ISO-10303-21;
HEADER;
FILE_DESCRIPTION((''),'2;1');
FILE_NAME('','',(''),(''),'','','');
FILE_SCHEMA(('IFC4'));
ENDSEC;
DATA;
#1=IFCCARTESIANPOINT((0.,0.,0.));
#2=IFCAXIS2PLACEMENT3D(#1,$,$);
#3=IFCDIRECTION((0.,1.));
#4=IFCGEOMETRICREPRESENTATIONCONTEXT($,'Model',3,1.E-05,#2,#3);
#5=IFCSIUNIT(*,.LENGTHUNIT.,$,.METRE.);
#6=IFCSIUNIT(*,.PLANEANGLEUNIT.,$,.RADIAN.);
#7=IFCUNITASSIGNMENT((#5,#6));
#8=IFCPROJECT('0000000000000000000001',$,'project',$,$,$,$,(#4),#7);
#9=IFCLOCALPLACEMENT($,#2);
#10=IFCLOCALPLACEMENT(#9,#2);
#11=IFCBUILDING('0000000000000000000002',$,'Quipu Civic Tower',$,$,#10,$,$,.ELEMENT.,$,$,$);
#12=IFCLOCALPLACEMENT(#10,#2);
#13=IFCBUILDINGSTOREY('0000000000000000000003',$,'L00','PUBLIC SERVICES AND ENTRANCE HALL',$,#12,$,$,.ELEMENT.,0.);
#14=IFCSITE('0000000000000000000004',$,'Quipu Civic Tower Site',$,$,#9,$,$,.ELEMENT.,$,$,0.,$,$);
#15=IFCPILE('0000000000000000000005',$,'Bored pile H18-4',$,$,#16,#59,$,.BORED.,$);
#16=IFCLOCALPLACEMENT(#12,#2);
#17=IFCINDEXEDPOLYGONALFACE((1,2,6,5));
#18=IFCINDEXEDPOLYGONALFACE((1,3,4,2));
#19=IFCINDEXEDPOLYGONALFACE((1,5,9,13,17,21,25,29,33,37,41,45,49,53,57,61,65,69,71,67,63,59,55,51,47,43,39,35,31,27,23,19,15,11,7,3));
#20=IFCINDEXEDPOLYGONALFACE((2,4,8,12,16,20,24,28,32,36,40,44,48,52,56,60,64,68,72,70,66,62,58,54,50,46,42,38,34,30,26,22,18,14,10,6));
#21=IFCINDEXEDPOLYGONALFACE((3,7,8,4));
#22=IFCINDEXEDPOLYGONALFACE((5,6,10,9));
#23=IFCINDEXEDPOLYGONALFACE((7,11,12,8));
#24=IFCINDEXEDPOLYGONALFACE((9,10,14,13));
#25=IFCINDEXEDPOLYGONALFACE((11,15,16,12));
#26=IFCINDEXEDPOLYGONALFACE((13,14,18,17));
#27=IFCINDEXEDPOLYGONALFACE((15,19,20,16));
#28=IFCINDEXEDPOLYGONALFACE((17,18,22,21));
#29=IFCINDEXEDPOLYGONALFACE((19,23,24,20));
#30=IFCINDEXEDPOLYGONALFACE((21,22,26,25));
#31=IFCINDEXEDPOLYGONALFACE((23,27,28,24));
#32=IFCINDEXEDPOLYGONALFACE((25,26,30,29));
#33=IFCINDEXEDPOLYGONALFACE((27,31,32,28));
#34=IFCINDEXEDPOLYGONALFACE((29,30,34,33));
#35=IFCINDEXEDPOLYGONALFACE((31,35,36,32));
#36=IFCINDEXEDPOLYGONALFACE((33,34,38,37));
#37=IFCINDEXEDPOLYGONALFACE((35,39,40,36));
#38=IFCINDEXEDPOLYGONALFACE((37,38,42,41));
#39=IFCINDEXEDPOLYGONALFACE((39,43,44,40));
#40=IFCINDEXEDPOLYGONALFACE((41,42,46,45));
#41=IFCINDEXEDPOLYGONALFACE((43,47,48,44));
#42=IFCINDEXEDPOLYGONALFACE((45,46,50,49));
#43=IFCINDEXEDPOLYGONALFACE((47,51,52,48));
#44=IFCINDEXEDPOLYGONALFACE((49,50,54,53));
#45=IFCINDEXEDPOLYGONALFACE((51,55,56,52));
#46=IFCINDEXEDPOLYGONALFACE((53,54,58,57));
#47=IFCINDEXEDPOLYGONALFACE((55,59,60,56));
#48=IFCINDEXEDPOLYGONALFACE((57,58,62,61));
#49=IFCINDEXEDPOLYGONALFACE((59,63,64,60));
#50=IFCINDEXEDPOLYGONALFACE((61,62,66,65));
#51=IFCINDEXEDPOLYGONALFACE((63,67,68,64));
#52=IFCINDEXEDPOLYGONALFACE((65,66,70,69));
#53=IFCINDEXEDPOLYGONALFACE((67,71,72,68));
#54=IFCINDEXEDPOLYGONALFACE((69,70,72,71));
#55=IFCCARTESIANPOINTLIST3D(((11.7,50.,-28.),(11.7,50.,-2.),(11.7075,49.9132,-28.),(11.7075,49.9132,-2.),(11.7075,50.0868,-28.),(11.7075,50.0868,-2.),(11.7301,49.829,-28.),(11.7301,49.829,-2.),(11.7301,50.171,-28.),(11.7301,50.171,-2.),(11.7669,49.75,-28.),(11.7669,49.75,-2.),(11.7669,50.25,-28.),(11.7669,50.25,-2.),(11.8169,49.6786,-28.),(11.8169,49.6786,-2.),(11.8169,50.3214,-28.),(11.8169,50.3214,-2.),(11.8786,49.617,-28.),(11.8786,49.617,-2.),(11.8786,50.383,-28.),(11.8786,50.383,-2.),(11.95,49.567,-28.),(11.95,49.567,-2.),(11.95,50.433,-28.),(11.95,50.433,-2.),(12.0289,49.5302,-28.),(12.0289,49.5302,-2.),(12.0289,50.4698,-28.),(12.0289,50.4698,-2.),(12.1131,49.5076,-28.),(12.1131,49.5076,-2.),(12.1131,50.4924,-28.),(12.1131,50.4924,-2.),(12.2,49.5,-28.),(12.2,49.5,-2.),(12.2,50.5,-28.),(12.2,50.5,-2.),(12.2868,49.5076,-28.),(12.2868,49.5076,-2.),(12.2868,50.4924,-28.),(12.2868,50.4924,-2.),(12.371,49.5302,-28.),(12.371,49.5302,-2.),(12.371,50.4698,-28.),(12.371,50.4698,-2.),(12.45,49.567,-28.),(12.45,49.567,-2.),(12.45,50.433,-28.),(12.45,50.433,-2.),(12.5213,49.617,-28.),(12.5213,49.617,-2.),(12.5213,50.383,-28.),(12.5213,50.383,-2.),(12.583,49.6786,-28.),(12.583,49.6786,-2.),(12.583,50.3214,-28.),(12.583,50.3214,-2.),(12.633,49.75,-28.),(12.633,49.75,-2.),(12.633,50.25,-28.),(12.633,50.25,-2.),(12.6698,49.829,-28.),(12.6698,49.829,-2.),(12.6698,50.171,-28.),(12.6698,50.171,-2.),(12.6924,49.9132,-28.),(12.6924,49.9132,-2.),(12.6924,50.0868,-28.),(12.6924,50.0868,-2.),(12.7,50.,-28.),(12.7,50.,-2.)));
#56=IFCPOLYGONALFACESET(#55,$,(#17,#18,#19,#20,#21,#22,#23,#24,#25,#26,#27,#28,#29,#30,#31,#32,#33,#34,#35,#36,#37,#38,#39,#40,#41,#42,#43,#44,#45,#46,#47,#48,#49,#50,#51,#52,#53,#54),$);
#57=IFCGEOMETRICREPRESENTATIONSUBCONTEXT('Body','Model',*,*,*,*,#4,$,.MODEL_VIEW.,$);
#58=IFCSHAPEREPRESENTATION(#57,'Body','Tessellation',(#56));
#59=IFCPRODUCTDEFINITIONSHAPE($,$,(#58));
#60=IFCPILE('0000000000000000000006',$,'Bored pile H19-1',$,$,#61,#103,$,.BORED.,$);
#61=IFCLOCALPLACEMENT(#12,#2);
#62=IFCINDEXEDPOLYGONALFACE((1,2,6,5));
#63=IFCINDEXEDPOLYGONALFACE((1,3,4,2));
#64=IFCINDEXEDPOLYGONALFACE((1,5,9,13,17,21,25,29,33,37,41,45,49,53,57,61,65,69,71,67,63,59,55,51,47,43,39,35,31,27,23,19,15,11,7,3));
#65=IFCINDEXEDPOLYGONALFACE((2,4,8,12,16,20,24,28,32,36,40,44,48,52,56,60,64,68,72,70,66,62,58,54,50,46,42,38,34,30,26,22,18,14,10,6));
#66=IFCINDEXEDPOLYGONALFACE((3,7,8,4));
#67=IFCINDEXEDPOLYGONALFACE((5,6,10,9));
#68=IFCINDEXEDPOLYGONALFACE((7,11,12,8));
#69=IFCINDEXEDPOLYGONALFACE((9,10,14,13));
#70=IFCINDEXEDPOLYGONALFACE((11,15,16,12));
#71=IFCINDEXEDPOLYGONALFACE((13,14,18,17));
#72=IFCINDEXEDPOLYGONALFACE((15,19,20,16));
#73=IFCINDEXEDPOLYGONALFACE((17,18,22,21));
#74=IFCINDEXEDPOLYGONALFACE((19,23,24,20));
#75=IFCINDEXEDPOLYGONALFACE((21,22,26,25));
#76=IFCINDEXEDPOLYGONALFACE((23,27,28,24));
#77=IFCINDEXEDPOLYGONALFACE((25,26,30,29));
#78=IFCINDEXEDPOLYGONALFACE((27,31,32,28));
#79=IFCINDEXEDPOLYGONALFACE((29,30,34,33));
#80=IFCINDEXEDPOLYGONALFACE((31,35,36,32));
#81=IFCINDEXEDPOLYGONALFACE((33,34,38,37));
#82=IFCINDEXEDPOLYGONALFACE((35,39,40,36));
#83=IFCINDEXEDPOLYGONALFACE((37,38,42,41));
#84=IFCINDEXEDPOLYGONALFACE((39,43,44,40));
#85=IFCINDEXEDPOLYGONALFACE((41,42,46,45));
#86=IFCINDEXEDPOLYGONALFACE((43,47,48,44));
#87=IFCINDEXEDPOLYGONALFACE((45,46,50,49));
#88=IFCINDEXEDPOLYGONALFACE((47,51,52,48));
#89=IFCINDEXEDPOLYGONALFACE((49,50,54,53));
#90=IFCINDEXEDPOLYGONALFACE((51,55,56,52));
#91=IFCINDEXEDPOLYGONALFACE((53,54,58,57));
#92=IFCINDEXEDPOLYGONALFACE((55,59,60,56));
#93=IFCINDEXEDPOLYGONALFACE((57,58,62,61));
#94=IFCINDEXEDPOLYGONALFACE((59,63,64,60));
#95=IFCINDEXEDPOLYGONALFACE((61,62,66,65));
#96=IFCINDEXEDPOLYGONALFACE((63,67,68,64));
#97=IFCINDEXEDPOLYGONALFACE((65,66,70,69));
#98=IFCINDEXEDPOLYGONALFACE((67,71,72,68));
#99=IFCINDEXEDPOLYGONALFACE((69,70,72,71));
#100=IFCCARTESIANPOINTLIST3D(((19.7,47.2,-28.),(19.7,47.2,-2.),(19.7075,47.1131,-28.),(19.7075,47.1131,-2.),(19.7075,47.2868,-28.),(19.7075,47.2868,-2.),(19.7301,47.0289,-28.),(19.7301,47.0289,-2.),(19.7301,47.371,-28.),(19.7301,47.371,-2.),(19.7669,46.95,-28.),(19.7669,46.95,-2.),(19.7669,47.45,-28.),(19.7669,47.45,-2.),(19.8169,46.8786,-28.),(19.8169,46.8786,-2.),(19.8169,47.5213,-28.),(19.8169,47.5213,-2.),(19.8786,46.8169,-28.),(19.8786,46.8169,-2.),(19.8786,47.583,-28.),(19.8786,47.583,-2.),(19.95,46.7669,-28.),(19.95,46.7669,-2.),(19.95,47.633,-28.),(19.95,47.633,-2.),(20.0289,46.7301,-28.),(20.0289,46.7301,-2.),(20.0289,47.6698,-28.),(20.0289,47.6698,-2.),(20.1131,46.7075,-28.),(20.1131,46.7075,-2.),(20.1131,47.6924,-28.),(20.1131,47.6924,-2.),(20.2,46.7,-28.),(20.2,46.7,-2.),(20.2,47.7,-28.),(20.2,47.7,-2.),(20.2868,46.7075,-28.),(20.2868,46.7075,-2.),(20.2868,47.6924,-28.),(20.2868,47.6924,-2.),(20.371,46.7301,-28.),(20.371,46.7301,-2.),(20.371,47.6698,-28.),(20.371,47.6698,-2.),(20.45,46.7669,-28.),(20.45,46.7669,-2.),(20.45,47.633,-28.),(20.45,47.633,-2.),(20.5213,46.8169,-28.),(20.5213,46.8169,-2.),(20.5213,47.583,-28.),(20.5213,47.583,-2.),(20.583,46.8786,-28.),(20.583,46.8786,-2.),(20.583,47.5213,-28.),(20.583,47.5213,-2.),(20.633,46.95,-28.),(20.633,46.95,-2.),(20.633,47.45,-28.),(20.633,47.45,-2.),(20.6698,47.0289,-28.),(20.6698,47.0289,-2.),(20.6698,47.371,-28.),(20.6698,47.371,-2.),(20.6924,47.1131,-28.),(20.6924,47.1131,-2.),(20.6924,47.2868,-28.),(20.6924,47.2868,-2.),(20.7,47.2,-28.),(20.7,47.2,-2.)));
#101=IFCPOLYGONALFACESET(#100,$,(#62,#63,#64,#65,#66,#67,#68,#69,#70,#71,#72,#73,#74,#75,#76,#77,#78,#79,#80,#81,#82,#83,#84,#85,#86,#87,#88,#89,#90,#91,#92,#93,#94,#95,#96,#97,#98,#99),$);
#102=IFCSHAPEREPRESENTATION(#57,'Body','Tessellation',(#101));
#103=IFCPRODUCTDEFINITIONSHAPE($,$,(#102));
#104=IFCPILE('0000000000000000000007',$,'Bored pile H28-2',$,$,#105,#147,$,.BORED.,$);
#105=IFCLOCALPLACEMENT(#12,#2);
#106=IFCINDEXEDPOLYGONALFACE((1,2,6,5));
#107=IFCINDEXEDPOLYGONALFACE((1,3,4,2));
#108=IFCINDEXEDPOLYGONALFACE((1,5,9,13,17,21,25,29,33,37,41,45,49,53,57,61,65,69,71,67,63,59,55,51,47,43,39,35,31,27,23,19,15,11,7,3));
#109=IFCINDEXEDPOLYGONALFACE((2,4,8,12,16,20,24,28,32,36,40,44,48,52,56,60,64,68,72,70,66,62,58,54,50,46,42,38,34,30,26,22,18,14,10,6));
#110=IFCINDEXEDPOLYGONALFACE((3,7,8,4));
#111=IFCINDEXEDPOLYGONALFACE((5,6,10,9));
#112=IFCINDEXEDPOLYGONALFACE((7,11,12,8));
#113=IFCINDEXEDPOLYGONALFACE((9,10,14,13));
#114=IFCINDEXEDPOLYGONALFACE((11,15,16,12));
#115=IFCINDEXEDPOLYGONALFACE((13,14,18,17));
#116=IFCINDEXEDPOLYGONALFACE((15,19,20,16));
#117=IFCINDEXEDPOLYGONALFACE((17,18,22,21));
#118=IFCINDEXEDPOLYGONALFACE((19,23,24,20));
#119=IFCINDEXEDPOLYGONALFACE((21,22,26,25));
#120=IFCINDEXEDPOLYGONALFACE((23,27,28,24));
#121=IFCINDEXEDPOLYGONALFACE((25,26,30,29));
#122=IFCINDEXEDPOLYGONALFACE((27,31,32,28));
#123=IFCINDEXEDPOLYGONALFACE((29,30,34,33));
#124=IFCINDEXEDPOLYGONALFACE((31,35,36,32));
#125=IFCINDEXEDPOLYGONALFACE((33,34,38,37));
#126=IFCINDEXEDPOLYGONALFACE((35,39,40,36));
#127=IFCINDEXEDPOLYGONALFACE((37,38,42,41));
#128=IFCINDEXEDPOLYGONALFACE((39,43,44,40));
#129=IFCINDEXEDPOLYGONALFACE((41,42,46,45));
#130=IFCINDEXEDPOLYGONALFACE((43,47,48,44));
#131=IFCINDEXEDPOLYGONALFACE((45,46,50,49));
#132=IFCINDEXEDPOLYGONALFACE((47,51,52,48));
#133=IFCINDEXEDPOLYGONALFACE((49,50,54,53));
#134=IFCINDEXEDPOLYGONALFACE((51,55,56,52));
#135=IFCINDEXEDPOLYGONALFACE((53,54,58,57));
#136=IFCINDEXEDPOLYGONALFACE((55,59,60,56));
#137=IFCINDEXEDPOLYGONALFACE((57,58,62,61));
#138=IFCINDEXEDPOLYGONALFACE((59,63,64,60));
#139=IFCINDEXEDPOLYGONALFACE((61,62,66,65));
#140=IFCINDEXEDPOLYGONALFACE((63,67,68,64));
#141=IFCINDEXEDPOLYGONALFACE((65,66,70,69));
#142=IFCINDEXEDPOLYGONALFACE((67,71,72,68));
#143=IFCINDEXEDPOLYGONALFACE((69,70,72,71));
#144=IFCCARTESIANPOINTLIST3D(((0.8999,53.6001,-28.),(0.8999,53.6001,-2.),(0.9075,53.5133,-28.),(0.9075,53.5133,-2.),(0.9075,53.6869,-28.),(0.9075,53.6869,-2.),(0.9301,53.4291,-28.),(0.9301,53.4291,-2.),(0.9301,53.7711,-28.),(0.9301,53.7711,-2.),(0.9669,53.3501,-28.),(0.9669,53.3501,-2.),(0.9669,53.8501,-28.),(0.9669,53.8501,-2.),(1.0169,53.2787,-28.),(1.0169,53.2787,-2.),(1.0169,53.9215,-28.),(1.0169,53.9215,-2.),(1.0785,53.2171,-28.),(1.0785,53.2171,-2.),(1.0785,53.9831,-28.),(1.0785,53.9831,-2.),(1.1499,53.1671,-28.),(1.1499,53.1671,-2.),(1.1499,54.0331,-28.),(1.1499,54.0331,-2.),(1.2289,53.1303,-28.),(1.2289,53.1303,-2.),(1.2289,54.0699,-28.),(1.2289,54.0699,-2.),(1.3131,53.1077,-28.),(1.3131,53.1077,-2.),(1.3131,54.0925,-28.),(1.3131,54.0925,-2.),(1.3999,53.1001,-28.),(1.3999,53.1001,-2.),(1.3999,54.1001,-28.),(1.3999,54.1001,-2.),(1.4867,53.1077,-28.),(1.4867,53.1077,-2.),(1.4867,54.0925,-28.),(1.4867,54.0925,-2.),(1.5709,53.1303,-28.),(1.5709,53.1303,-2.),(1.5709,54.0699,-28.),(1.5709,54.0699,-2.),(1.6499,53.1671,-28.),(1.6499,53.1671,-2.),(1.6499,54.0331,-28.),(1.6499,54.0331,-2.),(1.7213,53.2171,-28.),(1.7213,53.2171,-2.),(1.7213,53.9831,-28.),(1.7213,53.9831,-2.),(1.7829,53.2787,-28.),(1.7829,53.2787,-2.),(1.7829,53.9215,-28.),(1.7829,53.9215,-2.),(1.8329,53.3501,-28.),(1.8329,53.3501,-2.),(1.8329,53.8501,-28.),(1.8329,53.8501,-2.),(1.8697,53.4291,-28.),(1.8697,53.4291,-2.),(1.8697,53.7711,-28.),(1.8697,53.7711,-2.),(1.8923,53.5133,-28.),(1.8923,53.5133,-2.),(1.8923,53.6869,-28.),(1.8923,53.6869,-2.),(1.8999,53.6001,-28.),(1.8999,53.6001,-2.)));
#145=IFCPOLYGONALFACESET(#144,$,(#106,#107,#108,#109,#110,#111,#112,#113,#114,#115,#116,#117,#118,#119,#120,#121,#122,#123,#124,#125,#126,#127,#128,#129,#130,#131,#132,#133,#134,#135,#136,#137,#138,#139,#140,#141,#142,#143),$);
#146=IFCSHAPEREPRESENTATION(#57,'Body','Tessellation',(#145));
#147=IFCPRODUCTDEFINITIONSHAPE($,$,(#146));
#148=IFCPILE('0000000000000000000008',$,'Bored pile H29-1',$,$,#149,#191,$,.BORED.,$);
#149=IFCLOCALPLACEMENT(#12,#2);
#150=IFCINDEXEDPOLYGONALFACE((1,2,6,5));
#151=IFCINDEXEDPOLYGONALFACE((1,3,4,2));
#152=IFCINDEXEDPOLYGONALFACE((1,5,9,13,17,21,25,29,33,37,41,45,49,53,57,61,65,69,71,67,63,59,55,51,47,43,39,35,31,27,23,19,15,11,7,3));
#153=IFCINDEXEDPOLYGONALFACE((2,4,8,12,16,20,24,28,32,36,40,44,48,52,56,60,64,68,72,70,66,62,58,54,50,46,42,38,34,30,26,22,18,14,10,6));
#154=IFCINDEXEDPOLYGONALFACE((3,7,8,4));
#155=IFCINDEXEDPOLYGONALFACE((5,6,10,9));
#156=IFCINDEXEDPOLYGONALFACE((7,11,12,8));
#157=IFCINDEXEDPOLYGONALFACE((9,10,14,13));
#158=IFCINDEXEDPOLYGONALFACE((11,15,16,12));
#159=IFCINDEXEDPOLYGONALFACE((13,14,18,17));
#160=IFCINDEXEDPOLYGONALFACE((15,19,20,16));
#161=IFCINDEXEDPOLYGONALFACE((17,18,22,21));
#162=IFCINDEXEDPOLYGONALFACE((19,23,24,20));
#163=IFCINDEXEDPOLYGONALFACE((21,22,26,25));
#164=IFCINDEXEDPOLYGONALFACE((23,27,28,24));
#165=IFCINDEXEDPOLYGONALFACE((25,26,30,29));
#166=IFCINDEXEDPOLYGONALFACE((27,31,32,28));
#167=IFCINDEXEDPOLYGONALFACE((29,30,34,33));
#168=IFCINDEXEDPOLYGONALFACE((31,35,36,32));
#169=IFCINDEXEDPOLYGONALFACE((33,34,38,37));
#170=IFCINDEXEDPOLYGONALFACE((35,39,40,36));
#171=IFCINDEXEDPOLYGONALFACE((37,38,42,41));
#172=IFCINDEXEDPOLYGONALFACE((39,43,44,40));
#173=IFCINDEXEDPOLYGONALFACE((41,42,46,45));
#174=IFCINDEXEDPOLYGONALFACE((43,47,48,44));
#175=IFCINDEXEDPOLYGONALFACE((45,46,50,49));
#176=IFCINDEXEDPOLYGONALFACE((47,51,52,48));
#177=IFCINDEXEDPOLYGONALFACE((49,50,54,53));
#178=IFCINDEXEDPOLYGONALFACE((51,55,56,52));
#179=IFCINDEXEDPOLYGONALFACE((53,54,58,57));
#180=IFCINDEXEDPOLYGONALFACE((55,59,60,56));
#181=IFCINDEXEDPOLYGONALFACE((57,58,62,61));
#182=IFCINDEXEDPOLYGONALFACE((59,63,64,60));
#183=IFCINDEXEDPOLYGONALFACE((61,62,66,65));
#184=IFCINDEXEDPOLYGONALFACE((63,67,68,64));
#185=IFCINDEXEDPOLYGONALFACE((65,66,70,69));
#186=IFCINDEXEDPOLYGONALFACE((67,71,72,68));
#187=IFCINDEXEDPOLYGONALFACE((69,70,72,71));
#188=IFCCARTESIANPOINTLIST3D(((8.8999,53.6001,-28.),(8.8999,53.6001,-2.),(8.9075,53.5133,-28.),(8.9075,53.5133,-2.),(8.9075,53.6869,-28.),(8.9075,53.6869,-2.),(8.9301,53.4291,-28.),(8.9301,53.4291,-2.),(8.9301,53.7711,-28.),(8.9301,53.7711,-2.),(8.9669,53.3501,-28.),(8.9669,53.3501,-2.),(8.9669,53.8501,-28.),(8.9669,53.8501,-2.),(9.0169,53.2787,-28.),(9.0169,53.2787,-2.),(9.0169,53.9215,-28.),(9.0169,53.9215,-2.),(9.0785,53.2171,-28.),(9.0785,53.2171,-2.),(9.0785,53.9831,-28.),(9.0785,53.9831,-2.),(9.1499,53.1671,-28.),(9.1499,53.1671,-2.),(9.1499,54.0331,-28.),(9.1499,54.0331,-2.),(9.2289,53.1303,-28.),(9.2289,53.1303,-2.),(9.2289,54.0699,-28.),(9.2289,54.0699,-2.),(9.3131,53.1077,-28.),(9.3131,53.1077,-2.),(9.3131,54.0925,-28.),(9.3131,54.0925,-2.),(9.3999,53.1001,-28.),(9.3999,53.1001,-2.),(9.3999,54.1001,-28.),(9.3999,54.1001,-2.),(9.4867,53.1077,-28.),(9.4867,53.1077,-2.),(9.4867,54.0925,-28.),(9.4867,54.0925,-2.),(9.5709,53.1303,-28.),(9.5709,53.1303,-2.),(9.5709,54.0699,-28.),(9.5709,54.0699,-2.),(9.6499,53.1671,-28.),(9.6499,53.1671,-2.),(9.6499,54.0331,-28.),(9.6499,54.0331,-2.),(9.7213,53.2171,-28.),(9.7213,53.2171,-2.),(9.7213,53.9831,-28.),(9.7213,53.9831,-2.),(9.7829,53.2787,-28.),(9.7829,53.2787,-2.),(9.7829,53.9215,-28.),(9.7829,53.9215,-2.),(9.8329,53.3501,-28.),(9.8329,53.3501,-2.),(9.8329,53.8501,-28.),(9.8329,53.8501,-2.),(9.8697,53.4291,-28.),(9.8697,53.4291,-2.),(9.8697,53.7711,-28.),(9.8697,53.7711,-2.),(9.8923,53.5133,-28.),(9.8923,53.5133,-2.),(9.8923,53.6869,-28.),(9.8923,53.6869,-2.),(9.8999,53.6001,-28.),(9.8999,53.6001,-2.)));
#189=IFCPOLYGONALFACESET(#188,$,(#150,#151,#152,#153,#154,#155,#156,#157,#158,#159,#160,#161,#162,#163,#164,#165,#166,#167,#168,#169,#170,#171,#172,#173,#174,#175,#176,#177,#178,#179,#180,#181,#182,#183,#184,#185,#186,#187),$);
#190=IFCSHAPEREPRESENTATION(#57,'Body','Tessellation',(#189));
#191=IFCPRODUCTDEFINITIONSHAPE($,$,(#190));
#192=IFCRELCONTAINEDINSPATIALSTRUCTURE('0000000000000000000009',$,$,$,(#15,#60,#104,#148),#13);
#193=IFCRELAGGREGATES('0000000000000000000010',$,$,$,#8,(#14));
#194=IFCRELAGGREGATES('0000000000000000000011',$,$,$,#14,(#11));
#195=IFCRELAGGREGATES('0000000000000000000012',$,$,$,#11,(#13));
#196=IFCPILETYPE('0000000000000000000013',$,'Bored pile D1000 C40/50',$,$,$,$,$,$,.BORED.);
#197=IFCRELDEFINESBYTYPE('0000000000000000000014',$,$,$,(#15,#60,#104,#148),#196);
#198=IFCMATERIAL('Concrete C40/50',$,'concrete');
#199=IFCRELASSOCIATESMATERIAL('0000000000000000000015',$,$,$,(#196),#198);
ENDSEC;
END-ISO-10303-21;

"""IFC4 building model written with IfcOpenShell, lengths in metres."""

from ifc_helpers import new_model, si_unit, direction, frame, origin, origin_2d, place, context, subcontext, project, spatial, circle, extrude, material, material_profile, profile_set, type_object, element, save


model = new_model("IFC4")

# Units and contexts
model_context = context("Model", 3, precision=1e-05, world=origin(), true_north=direction((0.0, 1.0)))
body_context = subcontext(model_context, "Body", "Model", "MODEL_VIEW")
ifc_project = project(units=[si_unit("LENGTHUNIT", "METRE"), si_unit("PLANEANGLEUNIT", "RADIAN")], contexts=[model_context])

# Site, building, storey
site_placement = place(None, origin())
site = spatial("IfcSite", under=ifc_project, at=site_placement, Name="Quipu Civic Tower Site", CompositionType="ELEMENT", RefElevation=0.0)
building_placement = place(site_placement, origin())
building = spatial("IfcBuilding", under=site, at=building_placement, Name="Quipu Civic Tower", CompositionType="ELEMENT")
storey_placement = place(building_placement, origin())
storey = spatial("IfcBuildingStorey", under=building, at=storey_placement, Name="L00", Description="PUBLIC SERVICES AND ENTRANCE HALL", CompositionType="ELEMENT", Elevation=0.0)

# Piles
ifc_material_1 = material(Name="Concrete C40/50", Category="concrete")
ifc_material_profile_1 = material_profile(ifc_material_1, circle(Radius=0.5, at=origin_2d()), Name="RCD1000")
ifc_profile_set_1 = profile_set([ifc_material_profile_1], Name="Concrete C40/50")
pile_type = type_object("IfcPileType", Name="Bored pile D1000 C40/50", PredefinedType="BORED", material=ifc_profile_set_1)
for number, where, z_axis, x_axis, name in (
    (1, (12.2, 50.0, -2.0), (0.0, 0.0, -1.0), (1.0, 0.0, 0.0), "Bored pile H18-4"),
    (2, (20.2, 47.2, -2.0), (0.0, 0.0, -1.0), (1.0, 0.0, 0.0), "Bored pile H19-1"),
    (3, (1.3999, 53.6001, -2.0), (0.0, 0.0, -1.0), (1.0, 0.0, 0.0), "Bored pile H28-2"),
    (4, (9.3999, 53.6001, -2.0), (0.0, 0.0, -1.0), (1.0, 0.0, 0.0), "Bored pile H29-1"),
):
    element("IfcPile", number, at=place(storey_placement, frame(where, z_axis=z_axis, x_axis=x_axis)), inside=storey, type_object=pile_type, Name=name, PredefinedType="BORED", context=body_context, shape_type="SweptSolid", body=[
        extrude(circle(Radius=0.5, at=origin_2d()), origin(), (0.0, 0.0, 1.0), 26.0),
    ])

save(model, "model.ifc")
